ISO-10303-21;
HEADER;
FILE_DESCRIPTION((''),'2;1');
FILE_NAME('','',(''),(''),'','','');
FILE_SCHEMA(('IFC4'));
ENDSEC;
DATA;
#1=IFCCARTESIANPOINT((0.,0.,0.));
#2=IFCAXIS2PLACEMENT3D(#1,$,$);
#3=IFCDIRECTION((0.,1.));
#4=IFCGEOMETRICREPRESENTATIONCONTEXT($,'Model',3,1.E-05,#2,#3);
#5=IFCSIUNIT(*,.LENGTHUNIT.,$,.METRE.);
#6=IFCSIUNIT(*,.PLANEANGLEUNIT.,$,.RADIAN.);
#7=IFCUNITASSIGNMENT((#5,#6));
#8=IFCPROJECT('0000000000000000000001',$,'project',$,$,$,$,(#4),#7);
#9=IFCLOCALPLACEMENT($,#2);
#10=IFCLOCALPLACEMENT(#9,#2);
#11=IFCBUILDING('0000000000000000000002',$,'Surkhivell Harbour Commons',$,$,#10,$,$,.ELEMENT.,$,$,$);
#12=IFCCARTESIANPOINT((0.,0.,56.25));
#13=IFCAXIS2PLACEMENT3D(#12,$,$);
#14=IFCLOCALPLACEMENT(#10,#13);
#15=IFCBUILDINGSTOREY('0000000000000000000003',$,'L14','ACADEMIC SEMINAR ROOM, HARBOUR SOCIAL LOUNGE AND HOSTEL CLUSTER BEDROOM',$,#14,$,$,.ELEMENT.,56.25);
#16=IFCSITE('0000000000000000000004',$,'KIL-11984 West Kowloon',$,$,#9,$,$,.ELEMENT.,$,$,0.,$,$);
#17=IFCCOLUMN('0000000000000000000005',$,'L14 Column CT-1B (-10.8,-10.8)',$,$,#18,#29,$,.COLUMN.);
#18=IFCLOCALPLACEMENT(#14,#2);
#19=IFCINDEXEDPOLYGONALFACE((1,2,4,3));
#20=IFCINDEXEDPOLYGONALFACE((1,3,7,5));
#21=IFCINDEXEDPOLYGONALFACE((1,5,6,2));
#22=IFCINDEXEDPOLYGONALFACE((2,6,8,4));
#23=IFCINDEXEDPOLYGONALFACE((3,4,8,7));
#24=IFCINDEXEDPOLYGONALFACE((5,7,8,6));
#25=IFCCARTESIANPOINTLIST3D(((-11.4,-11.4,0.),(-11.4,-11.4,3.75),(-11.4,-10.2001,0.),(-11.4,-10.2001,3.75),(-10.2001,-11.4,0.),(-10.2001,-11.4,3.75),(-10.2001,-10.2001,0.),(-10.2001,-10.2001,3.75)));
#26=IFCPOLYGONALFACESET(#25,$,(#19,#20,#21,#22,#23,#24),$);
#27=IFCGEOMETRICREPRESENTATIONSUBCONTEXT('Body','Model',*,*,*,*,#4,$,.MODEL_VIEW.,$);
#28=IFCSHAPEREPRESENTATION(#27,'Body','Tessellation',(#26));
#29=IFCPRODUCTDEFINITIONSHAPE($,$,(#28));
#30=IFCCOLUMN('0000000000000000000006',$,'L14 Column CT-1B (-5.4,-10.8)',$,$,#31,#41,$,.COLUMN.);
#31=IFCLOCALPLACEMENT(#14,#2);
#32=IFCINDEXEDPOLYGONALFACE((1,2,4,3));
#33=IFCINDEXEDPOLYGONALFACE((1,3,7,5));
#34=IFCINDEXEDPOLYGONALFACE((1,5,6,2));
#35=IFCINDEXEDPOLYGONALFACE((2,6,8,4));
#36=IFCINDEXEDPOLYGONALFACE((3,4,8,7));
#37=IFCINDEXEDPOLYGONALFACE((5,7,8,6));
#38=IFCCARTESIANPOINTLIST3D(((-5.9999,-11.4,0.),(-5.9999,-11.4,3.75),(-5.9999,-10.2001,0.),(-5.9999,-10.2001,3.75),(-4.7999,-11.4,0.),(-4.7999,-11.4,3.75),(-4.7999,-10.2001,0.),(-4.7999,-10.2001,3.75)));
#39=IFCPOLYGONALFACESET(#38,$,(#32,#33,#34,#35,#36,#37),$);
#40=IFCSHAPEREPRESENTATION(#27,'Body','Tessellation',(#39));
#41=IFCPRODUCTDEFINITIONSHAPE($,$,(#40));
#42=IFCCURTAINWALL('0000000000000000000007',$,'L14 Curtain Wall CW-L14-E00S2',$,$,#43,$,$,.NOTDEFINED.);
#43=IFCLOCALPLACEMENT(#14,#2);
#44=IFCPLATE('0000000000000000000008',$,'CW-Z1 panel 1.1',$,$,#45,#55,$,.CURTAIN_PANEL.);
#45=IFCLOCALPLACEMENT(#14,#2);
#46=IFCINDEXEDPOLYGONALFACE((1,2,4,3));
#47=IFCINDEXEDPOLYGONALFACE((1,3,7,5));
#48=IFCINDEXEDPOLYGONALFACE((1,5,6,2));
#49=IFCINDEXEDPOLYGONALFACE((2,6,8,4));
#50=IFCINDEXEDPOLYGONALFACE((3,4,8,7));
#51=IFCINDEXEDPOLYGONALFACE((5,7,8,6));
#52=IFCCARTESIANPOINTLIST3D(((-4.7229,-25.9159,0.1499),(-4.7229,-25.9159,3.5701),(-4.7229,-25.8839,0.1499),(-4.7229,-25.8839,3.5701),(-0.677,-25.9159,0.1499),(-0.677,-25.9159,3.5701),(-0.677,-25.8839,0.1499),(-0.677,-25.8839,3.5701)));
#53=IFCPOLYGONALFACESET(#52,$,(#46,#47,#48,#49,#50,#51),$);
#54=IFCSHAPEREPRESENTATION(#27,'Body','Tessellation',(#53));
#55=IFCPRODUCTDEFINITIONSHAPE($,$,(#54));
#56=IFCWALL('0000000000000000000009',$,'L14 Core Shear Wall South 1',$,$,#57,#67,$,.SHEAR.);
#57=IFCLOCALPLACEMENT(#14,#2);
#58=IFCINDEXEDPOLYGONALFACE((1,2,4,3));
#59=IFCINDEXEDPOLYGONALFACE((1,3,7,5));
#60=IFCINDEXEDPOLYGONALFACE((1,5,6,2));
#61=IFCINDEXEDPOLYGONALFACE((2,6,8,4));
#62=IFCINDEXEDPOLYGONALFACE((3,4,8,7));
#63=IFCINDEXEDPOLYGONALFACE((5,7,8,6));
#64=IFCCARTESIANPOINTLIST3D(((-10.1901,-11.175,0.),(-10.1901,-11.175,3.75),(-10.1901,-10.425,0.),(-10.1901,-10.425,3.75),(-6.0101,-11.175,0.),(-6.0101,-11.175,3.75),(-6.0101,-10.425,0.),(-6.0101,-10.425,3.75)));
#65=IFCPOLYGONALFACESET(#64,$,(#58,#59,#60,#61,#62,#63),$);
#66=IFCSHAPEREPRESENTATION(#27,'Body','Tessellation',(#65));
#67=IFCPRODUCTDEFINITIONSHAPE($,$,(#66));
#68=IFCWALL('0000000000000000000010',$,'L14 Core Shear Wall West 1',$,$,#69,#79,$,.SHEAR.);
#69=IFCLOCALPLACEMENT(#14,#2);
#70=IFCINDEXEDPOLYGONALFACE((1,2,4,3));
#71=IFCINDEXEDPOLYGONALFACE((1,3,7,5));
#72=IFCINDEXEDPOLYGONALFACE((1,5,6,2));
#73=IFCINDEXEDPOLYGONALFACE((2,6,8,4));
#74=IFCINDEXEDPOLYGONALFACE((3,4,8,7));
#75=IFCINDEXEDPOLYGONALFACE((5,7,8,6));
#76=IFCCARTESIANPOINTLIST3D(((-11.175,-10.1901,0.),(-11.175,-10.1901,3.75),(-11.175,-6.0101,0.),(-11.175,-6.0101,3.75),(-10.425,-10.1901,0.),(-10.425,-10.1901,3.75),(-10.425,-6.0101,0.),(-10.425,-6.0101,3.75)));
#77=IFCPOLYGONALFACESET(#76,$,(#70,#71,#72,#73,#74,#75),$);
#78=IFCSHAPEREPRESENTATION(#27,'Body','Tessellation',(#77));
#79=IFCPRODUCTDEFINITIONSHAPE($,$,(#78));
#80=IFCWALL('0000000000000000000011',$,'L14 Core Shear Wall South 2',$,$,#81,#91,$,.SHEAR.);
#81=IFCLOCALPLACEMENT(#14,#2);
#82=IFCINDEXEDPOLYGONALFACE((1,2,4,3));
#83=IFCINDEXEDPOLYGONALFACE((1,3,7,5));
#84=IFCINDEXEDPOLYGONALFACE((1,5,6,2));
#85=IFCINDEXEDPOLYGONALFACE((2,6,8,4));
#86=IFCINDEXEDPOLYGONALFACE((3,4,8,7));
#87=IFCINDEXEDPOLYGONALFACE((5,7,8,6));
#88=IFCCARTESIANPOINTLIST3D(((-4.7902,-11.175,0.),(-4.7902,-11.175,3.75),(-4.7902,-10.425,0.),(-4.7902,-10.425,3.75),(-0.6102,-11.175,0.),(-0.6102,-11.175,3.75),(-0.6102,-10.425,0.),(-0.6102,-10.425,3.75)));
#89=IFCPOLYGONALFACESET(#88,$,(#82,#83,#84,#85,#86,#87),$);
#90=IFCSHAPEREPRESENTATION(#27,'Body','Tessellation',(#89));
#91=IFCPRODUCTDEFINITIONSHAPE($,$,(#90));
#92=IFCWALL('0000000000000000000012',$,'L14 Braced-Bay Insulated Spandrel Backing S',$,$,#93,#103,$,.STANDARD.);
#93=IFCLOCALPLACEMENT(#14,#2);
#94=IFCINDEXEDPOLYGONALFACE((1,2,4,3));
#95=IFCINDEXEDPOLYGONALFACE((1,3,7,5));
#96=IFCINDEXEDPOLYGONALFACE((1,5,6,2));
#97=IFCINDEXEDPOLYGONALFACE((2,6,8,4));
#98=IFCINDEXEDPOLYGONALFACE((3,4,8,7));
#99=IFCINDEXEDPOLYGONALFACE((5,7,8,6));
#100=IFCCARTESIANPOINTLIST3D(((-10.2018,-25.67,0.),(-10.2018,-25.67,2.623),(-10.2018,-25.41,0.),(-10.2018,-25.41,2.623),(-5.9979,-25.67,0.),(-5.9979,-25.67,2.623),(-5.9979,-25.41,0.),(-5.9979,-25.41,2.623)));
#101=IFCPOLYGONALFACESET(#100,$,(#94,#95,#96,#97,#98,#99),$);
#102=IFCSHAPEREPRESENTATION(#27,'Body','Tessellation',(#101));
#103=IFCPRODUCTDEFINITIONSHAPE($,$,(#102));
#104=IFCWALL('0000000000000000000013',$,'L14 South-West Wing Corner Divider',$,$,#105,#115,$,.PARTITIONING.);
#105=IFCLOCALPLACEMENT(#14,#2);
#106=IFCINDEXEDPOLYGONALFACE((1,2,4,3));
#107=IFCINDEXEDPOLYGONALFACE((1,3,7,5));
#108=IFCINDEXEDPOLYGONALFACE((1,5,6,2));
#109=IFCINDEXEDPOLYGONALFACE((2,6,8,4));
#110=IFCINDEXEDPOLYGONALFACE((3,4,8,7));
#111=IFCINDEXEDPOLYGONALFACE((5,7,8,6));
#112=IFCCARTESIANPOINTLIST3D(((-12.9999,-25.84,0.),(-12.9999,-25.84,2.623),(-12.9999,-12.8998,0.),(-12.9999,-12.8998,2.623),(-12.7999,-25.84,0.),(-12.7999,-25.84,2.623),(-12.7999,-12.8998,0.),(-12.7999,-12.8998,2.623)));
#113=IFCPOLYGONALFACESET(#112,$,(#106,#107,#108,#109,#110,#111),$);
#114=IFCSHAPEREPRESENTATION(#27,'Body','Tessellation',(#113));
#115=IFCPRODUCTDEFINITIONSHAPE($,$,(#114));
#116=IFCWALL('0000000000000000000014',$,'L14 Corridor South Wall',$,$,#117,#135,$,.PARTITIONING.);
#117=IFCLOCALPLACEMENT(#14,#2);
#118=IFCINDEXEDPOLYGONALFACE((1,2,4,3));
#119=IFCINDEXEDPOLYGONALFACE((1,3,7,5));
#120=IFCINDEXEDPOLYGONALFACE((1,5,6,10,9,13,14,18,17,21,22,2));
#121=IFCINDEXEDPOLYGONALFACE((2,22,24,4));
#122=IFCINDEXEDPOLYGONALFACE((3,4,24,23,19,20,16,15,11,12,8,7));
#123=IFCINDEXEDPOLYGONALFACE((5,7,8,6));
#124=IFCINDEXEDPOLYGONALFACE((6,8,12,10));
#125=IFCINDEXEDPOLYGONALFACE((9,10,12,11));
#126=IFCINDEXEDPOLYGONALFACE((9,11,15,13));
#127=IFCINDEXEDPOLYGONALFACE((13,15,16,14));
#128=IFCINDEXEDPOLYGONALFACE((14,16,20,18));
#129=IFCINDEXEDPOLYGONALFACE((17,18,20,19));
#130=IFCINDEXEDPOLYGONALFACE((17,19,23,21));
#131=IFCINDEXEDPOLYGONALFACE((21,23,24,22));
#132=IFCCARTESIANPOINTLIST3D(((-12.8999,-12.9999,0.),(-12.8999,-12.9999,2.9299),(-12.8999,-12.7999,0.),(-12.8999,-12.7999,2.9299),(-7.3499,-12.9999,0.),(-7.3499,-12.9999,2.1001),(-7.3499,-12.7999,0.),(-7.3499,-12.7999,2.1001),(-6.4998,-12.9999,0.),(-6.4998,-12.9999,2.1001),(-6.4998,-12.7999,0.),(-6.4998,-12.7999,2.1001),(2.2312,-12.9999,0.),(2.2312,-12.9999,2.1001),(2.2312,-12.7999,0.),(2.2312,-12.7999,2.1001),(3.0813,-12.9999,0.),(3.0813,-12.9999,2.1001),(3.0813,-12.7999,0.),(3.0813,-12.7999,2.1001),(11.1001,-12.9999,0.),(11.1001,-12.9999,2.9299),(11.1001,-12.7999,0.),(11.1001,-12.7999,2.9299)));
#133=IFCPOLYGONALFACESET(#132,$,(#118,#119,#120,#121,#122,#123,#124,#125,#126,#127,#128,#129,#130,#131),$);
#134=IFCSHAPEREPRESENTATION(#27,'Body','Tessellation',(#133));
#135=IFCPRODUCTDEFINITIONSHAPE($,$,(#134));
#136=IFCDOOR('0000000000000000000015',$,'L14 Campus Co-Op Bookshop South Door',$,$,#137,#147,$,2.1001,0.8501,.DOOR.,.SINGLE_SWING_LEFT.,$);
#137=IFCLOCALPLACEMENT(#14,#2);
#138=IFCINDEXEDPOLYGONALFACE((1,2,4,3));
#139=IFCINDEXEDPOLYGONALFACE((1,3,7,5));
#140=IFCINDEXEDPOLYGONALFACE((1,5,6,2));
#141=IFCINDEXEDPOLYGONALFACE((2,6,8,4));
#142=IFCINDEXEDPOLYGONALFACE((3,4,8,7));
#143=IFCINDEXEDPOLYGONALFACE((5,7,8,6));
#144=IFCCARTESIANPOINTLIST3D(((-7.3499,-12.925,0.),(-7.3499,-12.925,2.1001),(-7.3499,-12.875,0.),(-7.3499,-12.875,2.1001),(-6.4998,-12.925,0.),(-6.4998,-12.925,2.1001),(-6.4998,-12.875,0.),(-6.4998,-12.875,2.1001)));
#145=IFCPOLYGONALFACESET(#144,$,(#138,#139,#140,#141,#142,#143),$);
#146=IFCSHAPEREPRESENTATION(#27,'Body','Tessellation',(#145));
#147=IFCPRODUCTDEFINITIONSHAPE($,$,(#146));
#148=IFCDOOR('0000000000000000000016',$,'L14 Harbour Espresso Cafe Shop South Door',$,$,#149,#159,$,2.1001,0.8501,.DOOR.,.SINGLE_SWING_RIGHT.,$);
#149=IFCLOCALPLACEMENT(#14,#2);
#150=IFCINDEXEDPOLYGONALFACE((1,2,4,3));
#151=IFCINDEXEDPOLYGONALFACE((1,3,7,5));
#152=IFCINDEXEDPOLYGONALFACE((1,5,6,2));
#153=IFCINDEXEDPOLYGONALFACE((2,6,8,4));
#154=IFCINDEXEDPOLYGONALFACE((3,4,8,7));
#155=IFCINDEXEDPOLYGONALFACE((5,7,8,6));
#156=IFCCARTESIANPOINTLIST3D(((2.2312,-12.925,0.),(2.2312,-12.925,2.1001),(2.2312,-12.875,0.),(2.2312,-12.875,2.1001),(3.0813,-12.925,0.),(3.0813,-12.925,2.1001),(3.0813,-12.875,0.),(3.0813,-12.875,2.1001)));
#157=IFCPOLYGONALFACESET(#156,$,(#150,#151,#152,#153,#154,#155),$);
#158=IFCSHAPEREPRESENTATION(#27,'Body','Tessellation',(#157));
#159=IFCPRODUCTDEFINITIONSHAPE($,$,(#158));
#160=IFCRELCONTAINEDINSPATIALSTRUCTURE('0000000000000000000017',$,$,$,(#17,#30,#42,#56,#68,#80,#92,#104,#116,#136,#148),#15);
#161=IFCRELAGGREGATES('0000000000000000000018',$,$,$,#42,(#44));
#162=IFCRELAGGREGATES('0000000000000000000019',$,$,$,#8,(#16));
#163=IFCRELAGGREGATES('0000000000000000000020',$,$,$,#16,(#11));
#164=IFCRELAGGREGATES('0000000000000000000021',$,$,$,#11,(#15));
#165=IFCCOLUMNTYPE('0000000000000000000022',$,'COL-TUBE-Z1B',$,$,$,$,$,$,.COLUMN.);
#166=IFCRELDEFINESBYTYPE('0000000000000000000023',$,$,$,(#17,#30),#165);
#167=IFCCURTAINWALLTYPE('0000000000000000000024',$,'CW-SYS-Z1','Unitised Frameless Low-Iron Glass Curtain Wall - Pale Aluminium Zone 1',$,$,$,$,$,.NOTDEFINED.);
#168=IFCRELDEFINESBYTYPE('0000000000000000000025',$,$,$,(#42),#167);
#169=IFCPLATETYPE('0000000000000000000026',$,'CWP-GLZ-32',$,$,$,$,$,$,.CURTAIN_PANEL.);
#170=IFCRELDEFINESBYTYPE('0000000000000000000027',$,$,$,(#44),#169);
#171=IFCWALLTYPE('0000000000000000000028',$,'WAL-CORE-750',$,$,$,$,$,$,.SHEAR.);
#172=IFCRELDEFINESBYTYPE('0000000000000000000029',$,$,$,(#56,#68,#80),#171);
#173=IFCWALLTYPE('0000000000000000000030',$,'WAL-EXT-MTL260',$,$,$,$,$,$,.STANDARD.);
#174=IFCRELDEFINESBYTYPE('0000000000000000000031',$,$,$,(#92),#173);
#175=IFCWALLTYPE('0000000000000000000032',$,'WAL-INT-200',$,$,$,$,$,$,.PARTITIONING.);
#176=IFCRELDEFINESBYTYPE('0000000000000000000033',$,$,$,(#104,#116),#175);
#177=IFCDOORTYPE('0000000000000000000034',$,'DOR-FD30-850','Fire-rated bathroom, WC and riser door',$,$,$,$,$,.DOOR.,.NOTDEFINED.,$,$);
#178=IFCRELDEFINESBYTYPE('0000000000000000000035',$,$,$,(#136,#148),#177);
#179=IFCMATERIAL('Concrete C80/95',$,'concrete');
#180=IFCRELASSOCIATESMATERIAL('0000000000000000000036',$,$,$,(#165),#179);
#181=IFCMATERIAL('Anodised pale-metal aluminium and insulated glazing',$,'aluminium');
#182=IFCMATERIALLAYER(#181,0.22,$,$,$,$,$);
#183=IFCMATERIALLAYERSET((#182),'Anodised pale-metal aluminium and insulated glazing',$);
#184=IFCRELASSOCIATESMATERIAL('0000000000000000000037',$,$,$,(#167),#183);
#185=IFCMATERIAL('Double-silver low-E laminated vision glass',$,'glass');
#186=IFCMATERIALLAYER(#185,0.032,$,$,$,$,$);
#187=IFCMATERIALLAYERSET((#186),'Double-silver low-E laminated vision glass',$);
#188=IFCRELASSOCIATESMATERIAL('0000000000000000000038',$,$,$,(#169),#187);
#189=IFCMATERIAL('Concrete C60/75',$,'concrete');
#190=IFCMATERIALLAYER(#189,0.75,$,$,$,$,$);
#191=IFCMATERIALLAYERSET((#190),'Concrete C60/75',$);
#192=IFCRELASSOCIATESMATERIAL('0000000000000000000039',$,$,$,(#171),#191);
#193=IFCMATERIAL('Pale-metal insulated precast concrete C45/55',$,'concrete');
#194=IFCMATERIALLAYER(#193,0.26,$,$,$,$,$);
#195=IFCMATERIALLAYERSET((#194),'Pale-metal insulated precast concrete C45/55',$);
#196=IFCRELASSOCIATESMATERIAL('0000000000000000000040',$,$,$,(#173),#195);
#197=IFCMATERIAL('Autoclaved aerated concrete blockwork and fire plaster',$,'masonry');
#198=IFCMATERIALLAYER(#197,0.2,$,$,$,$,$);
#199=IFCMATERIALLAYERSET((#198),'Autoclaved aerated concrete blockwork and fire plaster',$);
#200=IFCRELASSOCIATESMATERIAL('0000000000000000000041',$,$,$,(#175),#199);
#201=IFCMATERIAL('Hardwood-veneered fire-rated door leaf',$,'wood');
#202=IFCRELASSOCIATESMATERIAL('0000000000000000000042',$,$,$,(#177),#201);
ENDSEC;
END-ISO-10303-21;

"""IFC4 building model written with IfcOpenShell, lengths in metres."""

from ifc_helpers import new_model, si_unit, direction, frame, frame_2d, origin, origin_2d, place, context, subcontext, project, spatial, rectangle, extrude, material, layer, layer_set, material_profile, profile_set, type_object, element, fill, aggregate, save


model = new_model("IFC4")

# Units and contexts
model_context = context("Model", 3, precision=1e-05, world=origin(), true_north=direction((0.0, 1.0)))
body_context = subcontext(model_context, "Body", "Model", "MODEL_VIEW")
ifc_project = project(units=[si_unit("LENGTHUNIT", "METRE"), si_unit("PLANEANGLEUNIT", "RADIAN")], contexts=[model_context])

# Site, building, storey
site_placement = place(None, origin())
site = spatial("IfcSite", under=ifc_project, at=site_placement, Name="KIL-11984 West Kowloon", CompositionType="ELEMENT", RefElevation=0.0)
building_placement = place(site_placement, origin())
building = spatial("IfcBuilding", under=site, at=building_placement, Name="Surkhivell Harbour Commons", CompositionType="ELEMENT")
storey_placement = place(building_placement, frame((0.0, 0.0, 56.25)))
storey = spatial("IfcBuildingStorey", under=building, at=storey_placement, Name="L14", Description="ACADEMIC SEMINAR ROOM, HARBOUR SOCIAL LOUNGE AND HOSTEL CLUSTER BEDROOM", CompositionType="ELEMENT", Elevation=56.25)

# Columns
ifc_material_1 = material(Name="Concrete C80/95", Category="concrete")
ifc_material_profile = material_profile(ifc_material_1, rectangle(XDim=1.2, YDim=1.2, at=origin_2d()), Name="RC-COL-1200x1200")
ifc_profile_set = profile_set([ifc_material_profile], Name="Concrete C80/95")
column_type = type_object("IfcColumnType", Name="COL-TUBE-Z1B", PredefinedType="COLUMN", material=ifc_profile_set)
for number, where, z_axis, x_axis, name in (
    (1, (-10.8, -10.8, 0.0), (0.0, 0.0, 1.0), (1.0, 0.0, 0.0), "L14 Column CT-1B (-10.8,-10.8)"),
    (2, (-5.3999, -10.8, 0.0), (0.0, 0.0, 1.0), (1.0, 0.0, 0.0), "L14 Column CT-1B (-5.4,-10.8)"),
):
    element("IfcColumn", number, at=place(storey_placement, frame(where, z_axis=z_axis, x_axis=x_axis)), inside=storey, type_object=column_type, Name=name, PredefinedType="COLUMN", context=body_context, shape_type="SweptSolid", body=[
        extrude(rectangle(XDim=1.2, YDim=1.2, at=origin_2d()), origin(), (0.0, 0.0, 1.0), 3.75),
    ])

# Curtain wall, plate
ifc_material_2 = material(Name="Anodised pale-metal aluminium and insulated glazing", Category="aluminium")
ifc_layer_1 = layer(ifc_material_2, 0.22)
ifc_layer_set_1 = layer_set([ifc_layer_1], Name="Anodised pale-metal aluminium and insulated glazing")
curtain_wall_type = type_object("IfcCurtainWallType", Name="CW-SYS-Z1", Description="Unitised Frameless Low-Iron Glass Curtain Wall - Pale Aluminium Zone 1", PredefinedType="NOTDEFINED", material=ifc_layer_set_1)
curtain_wall_placement = place(storey_placement, origin())
curtain_wall = element("IfcCurtainWall", 3, at=curtain_wall_placement, inside=storey, type_object=curtain_wall_type, Name="L14 Curtain Wall CW-L14-E00S2", PredefinedType="NOTDEFINED")
ifc_material_3 = material(Name="Double-silver low-E laminated vision glass", Category="glass")
ifc_layer_2 = layer(ifc_material_3, 0.032)
ifc_layer_set_2 = layer_set([ifc_layer_2], Name="Double-silver low-E laminated vision glass")
plate_type = type_object("IfcPlateType", Name="CWP-GLZ-32", PredefinedType="CURTAIN_PANEL", material=ifc_layer_set_2)
plate_placement = place(storey_placement, frame((-4.7229, -25.8999, 0.1499), z_axis=(0.0, 0.0, 1.0), x_axis=(1.0, 0.0, 0.0)))
plate = element("IfcPlate", 4, at=plate_placement, type_object=plate_type, Name="CW-Z1 panel 1.1", PredefinedType="CURTAIN_PANEL", context=body_context, shape_type="SweptSolid", body=[
    extrude(rectangle(XDim=4.0459, YDim=0.032, at=frame_2d((2.0229, 0.0))), origin(), (0.0, 0.0, 1.0), 3.4202),
])
aggregate(curtain_wall, [plate])

# Walls
ifc_material_4 = material(Name="Concrete C60/75", Category="concrete")
ifc_layer_3 = layer(ifc_material_4, 0.75)
ifc_layer_set_3 = layer_set([ifc_layer_3], Name="Concrete C60/75")
wall_type_1 = type_object("IfcWallType", Name="WAL-CORE-750", PredefinedType="SHEAR", material=ifc_layer_set_3)
for number, where, z_axis, x_axis, name in (
    (5, (-10.1899, -10.8, 0.0), (0.0, 0.0, 1.0), (1.0, 0.0, 0.0), "L14 Core Shear Wall South 1"),
    (6, (-10.8, -10.1899, 0.0), (0.0, 0.0, 1.0), (0.0, 1.0, 0.0), "L14 Core Shear Wall West 1"),
    (7, (-4.79, -10.8, 0.0), (0.0, 0.0, 1.0), (1.0, 0.0, 0.0), "L14 Core Shear Wall South 2"),
):
    element("IfcWall", number, at=place(storey_placement, frame(where, z_axis=z_axis, x_axis=x_axis)), inside=storey, type_object=wall_type_1, Name=name, PredefinedType="SHEAR", context=body_context, shape_type="SweptSolid", body=[
        extrude(rectangle(XDim=4.1799, YDim=0.75, at=frame_2d((2.0898, 0.0))), origin(), (0.0, 0.0, 1.0), 3.75),
    ])
ifc_material_5 = material(Name="Pale-metal insulated precast concrete C45/55", Category="concrete")
ifc_layer_4 = layer(ifc_material_5, 0.26)
ifc_layer_set_4 = layer_set([ifc_layer_4], Name="Pale-metal insulated precast concrete C45/55")
wall_type_2 = type_object("IfcWallType", Name="WAL-EXT-MTL260", PredefinedType="STANDARD", material=ifc_layer_set_4)
wall_1_placement = place(storey_placement, frame((-10.2019, -25.54, 0.0), z_axis=(0.0, 0.0, 1.0), x_axis=(1.0, 0.0, 0.0)))
element("IfcWall", 8, at=wall_1_placement, inside=storey, type_object=wall_type_2, Name="L14 Braced-Bay Insulated Spandrel Backing S", PredefinedType="STANDARD", context=body_context, shape_type="SweptSolid", body=[
    extrude(rectangle(XDim=4.2039, YDim=0.26, at=frame_2d((2.1021, 0.0))), origin(), (0.0, 0.0, 1.0), 2.623),
])
ifc_material_6 = material(Name="Autoclaved aerated concrete blockwork and fire plaster", Category="masonry")
ifc_layer_5 = layer(ifc_material_6, 0.2)
ifc_layer_set_5 = layer_set([ifc_layer_5], Name="Autoclaved aerated concrete blockwork and fire plaster")
wall_type_3 = type_object("IfcWallType", Name="WAL-INT-200", PredefinedType="PARTITIONING", material=ifc_layer_set_5)
wall_2_placement = place(storey_placement, frame((-12.8999, -25.8401, 0.0), z_axis=(0.0, 0.0, 1.0), x_axis=(0.0, 1.0, 0.0)))
element("IfcWall", 9, at=wall_2_placement, inside=storey, type_object=wall_type_3, Name="L14 South-West Wing Corner Divider", PredefinedType="PARTITIONING", context=body_context, shape_type="SweptSolid", body=[
    extrude(rectangle(XDim=12.9402, YDim=0.2, at=frame_2d((6.4702, 0.0))), origin(), (0.0, 0.0, 1.0), 2.623),
])

# Wall, openings, doors
wall_3_placement = place(storey_placement, frame((-12.8999, -12.8999, 0.0), z_axis=(0.0, 0.0, 1.0), x_axis=(1.0, 0.0, 0.0)))
wall_3 = element("IfcWall", 10, at=wall_3_placement, inside=storey, type_object=wall_type_3, Name="L14 Corridor South Wall", PredefinedType="PARTITIONING", context=body_context, shape_type="SweptSolid", body=[
    extrude(rectangle(XDim=24.0, YDim=0.2, at=frame_2d((12.0, 0.0))), origin(), (0.0, 0.0, 1.0), 2.9299),
])
opening_1_placement = place(wall_3_placement, frame((5.55, 0.0, 0.0)))
opening_1 = element("IfcOpeningElement", 11, at=opening_1_placement, cuts=wall_3, PredefinedType="OPENING", context=body_context, shape_type="SweptSolid", body=[
    extrude(rectangle(XDim=0.8501, YDim=2.1001, at=frame_2d((0.425, 1.05))), frame((0.0, 0.1099, 0.0), z_axis=(0.0, -1.0, 0.0), x_axis=(1.0, 0.0, 0.0)), (0.0, 0.0, 1.0), 0.22),
])
opening_2_placement = place(wall_3_placement, frame((15.1311, 0.0, 0.0)))
opening_2 = element("IfcOpeningElement", 12, at=opening_2_placement, cuts=wall_3, PredefinedType="OPENING", context=body_context, shape_type="SweptSolid", body=[
    extrude(rectangle(XDim=0.8501, YDim=2.1001, at=frame_2d((0.425, 1.05))), frame((0.0, 0.1099, 0.0), z_axis=(0.0, -1.0, 0.0), x_axis=(1.0, 0.0, 0.0)), (0.0, 0.0, 1.0), 0.22),
])
ifc_material_7 = material(Name="Hardwood-veneered fire-rated door leaf", Category="wood")
door_type_1 = type_object("IfcDoorType", Name="DOR-FD30-850", Description="Fire-rated bathroom, WC and riser door", OperationType="NOTDEFINED", PredefinedType="DOOR", material=ifc_material_7)
door_1_placement = place(opening_1_placement, origin())
door_1 = element("IfcDoor", 13, at=door_1_placement, inside=storey, type_object=door_type_1, Name="L14 Campus Co-Op Bookshop South Door", OperationType="SINGLE_SWING_LEFT", OverallHeight=2.1001, OverallWidth=0.8501, PredefinedType="DOOR", context=body_context, shape_type="SweptSolid", body=[
    extrude(rectangle(XDim=0.8501, YDim=2.1001, at=frame_2d((0.425, 1.05))), frame((0.0, 0.0249, 0.0), z_axis=(0.0, -1.0, 0.0), x_axis=(1.0, 0.0, 0.0)), (0.0, 0.0, 1.0), 0.05),
])
fill(opening_1, door_1)
door_2_placement = place(opening_2_placement, origin())
door_2 = element("IfcDoor", 14, at=door_2_placement, inside=storey, type_object=door_type_1, Name="L14 Harbour Espresso Cafe Shop South Door", OperationType="SINGLE_SWING_RIGHT", OverallHeight=2.1001, OverallWidth=0.8501, PredefinedType="DOOR", context=body_context, shape_type="SweptSolid", body=[
    extrude(rectangle(XDim=0.8501, YDim=2.1001, at=frame_2d((0.425, 1.05))), frame((0.0, 0.0249, 0.0), z_axis=(0.0, -1.0, 0.0), x_axis=(1.0, 0.0, 0.0)), (0.0, 0.0, 1.0), 0.05),
])
fill(opening_2, door_2)

save(model, "model.ifc")
